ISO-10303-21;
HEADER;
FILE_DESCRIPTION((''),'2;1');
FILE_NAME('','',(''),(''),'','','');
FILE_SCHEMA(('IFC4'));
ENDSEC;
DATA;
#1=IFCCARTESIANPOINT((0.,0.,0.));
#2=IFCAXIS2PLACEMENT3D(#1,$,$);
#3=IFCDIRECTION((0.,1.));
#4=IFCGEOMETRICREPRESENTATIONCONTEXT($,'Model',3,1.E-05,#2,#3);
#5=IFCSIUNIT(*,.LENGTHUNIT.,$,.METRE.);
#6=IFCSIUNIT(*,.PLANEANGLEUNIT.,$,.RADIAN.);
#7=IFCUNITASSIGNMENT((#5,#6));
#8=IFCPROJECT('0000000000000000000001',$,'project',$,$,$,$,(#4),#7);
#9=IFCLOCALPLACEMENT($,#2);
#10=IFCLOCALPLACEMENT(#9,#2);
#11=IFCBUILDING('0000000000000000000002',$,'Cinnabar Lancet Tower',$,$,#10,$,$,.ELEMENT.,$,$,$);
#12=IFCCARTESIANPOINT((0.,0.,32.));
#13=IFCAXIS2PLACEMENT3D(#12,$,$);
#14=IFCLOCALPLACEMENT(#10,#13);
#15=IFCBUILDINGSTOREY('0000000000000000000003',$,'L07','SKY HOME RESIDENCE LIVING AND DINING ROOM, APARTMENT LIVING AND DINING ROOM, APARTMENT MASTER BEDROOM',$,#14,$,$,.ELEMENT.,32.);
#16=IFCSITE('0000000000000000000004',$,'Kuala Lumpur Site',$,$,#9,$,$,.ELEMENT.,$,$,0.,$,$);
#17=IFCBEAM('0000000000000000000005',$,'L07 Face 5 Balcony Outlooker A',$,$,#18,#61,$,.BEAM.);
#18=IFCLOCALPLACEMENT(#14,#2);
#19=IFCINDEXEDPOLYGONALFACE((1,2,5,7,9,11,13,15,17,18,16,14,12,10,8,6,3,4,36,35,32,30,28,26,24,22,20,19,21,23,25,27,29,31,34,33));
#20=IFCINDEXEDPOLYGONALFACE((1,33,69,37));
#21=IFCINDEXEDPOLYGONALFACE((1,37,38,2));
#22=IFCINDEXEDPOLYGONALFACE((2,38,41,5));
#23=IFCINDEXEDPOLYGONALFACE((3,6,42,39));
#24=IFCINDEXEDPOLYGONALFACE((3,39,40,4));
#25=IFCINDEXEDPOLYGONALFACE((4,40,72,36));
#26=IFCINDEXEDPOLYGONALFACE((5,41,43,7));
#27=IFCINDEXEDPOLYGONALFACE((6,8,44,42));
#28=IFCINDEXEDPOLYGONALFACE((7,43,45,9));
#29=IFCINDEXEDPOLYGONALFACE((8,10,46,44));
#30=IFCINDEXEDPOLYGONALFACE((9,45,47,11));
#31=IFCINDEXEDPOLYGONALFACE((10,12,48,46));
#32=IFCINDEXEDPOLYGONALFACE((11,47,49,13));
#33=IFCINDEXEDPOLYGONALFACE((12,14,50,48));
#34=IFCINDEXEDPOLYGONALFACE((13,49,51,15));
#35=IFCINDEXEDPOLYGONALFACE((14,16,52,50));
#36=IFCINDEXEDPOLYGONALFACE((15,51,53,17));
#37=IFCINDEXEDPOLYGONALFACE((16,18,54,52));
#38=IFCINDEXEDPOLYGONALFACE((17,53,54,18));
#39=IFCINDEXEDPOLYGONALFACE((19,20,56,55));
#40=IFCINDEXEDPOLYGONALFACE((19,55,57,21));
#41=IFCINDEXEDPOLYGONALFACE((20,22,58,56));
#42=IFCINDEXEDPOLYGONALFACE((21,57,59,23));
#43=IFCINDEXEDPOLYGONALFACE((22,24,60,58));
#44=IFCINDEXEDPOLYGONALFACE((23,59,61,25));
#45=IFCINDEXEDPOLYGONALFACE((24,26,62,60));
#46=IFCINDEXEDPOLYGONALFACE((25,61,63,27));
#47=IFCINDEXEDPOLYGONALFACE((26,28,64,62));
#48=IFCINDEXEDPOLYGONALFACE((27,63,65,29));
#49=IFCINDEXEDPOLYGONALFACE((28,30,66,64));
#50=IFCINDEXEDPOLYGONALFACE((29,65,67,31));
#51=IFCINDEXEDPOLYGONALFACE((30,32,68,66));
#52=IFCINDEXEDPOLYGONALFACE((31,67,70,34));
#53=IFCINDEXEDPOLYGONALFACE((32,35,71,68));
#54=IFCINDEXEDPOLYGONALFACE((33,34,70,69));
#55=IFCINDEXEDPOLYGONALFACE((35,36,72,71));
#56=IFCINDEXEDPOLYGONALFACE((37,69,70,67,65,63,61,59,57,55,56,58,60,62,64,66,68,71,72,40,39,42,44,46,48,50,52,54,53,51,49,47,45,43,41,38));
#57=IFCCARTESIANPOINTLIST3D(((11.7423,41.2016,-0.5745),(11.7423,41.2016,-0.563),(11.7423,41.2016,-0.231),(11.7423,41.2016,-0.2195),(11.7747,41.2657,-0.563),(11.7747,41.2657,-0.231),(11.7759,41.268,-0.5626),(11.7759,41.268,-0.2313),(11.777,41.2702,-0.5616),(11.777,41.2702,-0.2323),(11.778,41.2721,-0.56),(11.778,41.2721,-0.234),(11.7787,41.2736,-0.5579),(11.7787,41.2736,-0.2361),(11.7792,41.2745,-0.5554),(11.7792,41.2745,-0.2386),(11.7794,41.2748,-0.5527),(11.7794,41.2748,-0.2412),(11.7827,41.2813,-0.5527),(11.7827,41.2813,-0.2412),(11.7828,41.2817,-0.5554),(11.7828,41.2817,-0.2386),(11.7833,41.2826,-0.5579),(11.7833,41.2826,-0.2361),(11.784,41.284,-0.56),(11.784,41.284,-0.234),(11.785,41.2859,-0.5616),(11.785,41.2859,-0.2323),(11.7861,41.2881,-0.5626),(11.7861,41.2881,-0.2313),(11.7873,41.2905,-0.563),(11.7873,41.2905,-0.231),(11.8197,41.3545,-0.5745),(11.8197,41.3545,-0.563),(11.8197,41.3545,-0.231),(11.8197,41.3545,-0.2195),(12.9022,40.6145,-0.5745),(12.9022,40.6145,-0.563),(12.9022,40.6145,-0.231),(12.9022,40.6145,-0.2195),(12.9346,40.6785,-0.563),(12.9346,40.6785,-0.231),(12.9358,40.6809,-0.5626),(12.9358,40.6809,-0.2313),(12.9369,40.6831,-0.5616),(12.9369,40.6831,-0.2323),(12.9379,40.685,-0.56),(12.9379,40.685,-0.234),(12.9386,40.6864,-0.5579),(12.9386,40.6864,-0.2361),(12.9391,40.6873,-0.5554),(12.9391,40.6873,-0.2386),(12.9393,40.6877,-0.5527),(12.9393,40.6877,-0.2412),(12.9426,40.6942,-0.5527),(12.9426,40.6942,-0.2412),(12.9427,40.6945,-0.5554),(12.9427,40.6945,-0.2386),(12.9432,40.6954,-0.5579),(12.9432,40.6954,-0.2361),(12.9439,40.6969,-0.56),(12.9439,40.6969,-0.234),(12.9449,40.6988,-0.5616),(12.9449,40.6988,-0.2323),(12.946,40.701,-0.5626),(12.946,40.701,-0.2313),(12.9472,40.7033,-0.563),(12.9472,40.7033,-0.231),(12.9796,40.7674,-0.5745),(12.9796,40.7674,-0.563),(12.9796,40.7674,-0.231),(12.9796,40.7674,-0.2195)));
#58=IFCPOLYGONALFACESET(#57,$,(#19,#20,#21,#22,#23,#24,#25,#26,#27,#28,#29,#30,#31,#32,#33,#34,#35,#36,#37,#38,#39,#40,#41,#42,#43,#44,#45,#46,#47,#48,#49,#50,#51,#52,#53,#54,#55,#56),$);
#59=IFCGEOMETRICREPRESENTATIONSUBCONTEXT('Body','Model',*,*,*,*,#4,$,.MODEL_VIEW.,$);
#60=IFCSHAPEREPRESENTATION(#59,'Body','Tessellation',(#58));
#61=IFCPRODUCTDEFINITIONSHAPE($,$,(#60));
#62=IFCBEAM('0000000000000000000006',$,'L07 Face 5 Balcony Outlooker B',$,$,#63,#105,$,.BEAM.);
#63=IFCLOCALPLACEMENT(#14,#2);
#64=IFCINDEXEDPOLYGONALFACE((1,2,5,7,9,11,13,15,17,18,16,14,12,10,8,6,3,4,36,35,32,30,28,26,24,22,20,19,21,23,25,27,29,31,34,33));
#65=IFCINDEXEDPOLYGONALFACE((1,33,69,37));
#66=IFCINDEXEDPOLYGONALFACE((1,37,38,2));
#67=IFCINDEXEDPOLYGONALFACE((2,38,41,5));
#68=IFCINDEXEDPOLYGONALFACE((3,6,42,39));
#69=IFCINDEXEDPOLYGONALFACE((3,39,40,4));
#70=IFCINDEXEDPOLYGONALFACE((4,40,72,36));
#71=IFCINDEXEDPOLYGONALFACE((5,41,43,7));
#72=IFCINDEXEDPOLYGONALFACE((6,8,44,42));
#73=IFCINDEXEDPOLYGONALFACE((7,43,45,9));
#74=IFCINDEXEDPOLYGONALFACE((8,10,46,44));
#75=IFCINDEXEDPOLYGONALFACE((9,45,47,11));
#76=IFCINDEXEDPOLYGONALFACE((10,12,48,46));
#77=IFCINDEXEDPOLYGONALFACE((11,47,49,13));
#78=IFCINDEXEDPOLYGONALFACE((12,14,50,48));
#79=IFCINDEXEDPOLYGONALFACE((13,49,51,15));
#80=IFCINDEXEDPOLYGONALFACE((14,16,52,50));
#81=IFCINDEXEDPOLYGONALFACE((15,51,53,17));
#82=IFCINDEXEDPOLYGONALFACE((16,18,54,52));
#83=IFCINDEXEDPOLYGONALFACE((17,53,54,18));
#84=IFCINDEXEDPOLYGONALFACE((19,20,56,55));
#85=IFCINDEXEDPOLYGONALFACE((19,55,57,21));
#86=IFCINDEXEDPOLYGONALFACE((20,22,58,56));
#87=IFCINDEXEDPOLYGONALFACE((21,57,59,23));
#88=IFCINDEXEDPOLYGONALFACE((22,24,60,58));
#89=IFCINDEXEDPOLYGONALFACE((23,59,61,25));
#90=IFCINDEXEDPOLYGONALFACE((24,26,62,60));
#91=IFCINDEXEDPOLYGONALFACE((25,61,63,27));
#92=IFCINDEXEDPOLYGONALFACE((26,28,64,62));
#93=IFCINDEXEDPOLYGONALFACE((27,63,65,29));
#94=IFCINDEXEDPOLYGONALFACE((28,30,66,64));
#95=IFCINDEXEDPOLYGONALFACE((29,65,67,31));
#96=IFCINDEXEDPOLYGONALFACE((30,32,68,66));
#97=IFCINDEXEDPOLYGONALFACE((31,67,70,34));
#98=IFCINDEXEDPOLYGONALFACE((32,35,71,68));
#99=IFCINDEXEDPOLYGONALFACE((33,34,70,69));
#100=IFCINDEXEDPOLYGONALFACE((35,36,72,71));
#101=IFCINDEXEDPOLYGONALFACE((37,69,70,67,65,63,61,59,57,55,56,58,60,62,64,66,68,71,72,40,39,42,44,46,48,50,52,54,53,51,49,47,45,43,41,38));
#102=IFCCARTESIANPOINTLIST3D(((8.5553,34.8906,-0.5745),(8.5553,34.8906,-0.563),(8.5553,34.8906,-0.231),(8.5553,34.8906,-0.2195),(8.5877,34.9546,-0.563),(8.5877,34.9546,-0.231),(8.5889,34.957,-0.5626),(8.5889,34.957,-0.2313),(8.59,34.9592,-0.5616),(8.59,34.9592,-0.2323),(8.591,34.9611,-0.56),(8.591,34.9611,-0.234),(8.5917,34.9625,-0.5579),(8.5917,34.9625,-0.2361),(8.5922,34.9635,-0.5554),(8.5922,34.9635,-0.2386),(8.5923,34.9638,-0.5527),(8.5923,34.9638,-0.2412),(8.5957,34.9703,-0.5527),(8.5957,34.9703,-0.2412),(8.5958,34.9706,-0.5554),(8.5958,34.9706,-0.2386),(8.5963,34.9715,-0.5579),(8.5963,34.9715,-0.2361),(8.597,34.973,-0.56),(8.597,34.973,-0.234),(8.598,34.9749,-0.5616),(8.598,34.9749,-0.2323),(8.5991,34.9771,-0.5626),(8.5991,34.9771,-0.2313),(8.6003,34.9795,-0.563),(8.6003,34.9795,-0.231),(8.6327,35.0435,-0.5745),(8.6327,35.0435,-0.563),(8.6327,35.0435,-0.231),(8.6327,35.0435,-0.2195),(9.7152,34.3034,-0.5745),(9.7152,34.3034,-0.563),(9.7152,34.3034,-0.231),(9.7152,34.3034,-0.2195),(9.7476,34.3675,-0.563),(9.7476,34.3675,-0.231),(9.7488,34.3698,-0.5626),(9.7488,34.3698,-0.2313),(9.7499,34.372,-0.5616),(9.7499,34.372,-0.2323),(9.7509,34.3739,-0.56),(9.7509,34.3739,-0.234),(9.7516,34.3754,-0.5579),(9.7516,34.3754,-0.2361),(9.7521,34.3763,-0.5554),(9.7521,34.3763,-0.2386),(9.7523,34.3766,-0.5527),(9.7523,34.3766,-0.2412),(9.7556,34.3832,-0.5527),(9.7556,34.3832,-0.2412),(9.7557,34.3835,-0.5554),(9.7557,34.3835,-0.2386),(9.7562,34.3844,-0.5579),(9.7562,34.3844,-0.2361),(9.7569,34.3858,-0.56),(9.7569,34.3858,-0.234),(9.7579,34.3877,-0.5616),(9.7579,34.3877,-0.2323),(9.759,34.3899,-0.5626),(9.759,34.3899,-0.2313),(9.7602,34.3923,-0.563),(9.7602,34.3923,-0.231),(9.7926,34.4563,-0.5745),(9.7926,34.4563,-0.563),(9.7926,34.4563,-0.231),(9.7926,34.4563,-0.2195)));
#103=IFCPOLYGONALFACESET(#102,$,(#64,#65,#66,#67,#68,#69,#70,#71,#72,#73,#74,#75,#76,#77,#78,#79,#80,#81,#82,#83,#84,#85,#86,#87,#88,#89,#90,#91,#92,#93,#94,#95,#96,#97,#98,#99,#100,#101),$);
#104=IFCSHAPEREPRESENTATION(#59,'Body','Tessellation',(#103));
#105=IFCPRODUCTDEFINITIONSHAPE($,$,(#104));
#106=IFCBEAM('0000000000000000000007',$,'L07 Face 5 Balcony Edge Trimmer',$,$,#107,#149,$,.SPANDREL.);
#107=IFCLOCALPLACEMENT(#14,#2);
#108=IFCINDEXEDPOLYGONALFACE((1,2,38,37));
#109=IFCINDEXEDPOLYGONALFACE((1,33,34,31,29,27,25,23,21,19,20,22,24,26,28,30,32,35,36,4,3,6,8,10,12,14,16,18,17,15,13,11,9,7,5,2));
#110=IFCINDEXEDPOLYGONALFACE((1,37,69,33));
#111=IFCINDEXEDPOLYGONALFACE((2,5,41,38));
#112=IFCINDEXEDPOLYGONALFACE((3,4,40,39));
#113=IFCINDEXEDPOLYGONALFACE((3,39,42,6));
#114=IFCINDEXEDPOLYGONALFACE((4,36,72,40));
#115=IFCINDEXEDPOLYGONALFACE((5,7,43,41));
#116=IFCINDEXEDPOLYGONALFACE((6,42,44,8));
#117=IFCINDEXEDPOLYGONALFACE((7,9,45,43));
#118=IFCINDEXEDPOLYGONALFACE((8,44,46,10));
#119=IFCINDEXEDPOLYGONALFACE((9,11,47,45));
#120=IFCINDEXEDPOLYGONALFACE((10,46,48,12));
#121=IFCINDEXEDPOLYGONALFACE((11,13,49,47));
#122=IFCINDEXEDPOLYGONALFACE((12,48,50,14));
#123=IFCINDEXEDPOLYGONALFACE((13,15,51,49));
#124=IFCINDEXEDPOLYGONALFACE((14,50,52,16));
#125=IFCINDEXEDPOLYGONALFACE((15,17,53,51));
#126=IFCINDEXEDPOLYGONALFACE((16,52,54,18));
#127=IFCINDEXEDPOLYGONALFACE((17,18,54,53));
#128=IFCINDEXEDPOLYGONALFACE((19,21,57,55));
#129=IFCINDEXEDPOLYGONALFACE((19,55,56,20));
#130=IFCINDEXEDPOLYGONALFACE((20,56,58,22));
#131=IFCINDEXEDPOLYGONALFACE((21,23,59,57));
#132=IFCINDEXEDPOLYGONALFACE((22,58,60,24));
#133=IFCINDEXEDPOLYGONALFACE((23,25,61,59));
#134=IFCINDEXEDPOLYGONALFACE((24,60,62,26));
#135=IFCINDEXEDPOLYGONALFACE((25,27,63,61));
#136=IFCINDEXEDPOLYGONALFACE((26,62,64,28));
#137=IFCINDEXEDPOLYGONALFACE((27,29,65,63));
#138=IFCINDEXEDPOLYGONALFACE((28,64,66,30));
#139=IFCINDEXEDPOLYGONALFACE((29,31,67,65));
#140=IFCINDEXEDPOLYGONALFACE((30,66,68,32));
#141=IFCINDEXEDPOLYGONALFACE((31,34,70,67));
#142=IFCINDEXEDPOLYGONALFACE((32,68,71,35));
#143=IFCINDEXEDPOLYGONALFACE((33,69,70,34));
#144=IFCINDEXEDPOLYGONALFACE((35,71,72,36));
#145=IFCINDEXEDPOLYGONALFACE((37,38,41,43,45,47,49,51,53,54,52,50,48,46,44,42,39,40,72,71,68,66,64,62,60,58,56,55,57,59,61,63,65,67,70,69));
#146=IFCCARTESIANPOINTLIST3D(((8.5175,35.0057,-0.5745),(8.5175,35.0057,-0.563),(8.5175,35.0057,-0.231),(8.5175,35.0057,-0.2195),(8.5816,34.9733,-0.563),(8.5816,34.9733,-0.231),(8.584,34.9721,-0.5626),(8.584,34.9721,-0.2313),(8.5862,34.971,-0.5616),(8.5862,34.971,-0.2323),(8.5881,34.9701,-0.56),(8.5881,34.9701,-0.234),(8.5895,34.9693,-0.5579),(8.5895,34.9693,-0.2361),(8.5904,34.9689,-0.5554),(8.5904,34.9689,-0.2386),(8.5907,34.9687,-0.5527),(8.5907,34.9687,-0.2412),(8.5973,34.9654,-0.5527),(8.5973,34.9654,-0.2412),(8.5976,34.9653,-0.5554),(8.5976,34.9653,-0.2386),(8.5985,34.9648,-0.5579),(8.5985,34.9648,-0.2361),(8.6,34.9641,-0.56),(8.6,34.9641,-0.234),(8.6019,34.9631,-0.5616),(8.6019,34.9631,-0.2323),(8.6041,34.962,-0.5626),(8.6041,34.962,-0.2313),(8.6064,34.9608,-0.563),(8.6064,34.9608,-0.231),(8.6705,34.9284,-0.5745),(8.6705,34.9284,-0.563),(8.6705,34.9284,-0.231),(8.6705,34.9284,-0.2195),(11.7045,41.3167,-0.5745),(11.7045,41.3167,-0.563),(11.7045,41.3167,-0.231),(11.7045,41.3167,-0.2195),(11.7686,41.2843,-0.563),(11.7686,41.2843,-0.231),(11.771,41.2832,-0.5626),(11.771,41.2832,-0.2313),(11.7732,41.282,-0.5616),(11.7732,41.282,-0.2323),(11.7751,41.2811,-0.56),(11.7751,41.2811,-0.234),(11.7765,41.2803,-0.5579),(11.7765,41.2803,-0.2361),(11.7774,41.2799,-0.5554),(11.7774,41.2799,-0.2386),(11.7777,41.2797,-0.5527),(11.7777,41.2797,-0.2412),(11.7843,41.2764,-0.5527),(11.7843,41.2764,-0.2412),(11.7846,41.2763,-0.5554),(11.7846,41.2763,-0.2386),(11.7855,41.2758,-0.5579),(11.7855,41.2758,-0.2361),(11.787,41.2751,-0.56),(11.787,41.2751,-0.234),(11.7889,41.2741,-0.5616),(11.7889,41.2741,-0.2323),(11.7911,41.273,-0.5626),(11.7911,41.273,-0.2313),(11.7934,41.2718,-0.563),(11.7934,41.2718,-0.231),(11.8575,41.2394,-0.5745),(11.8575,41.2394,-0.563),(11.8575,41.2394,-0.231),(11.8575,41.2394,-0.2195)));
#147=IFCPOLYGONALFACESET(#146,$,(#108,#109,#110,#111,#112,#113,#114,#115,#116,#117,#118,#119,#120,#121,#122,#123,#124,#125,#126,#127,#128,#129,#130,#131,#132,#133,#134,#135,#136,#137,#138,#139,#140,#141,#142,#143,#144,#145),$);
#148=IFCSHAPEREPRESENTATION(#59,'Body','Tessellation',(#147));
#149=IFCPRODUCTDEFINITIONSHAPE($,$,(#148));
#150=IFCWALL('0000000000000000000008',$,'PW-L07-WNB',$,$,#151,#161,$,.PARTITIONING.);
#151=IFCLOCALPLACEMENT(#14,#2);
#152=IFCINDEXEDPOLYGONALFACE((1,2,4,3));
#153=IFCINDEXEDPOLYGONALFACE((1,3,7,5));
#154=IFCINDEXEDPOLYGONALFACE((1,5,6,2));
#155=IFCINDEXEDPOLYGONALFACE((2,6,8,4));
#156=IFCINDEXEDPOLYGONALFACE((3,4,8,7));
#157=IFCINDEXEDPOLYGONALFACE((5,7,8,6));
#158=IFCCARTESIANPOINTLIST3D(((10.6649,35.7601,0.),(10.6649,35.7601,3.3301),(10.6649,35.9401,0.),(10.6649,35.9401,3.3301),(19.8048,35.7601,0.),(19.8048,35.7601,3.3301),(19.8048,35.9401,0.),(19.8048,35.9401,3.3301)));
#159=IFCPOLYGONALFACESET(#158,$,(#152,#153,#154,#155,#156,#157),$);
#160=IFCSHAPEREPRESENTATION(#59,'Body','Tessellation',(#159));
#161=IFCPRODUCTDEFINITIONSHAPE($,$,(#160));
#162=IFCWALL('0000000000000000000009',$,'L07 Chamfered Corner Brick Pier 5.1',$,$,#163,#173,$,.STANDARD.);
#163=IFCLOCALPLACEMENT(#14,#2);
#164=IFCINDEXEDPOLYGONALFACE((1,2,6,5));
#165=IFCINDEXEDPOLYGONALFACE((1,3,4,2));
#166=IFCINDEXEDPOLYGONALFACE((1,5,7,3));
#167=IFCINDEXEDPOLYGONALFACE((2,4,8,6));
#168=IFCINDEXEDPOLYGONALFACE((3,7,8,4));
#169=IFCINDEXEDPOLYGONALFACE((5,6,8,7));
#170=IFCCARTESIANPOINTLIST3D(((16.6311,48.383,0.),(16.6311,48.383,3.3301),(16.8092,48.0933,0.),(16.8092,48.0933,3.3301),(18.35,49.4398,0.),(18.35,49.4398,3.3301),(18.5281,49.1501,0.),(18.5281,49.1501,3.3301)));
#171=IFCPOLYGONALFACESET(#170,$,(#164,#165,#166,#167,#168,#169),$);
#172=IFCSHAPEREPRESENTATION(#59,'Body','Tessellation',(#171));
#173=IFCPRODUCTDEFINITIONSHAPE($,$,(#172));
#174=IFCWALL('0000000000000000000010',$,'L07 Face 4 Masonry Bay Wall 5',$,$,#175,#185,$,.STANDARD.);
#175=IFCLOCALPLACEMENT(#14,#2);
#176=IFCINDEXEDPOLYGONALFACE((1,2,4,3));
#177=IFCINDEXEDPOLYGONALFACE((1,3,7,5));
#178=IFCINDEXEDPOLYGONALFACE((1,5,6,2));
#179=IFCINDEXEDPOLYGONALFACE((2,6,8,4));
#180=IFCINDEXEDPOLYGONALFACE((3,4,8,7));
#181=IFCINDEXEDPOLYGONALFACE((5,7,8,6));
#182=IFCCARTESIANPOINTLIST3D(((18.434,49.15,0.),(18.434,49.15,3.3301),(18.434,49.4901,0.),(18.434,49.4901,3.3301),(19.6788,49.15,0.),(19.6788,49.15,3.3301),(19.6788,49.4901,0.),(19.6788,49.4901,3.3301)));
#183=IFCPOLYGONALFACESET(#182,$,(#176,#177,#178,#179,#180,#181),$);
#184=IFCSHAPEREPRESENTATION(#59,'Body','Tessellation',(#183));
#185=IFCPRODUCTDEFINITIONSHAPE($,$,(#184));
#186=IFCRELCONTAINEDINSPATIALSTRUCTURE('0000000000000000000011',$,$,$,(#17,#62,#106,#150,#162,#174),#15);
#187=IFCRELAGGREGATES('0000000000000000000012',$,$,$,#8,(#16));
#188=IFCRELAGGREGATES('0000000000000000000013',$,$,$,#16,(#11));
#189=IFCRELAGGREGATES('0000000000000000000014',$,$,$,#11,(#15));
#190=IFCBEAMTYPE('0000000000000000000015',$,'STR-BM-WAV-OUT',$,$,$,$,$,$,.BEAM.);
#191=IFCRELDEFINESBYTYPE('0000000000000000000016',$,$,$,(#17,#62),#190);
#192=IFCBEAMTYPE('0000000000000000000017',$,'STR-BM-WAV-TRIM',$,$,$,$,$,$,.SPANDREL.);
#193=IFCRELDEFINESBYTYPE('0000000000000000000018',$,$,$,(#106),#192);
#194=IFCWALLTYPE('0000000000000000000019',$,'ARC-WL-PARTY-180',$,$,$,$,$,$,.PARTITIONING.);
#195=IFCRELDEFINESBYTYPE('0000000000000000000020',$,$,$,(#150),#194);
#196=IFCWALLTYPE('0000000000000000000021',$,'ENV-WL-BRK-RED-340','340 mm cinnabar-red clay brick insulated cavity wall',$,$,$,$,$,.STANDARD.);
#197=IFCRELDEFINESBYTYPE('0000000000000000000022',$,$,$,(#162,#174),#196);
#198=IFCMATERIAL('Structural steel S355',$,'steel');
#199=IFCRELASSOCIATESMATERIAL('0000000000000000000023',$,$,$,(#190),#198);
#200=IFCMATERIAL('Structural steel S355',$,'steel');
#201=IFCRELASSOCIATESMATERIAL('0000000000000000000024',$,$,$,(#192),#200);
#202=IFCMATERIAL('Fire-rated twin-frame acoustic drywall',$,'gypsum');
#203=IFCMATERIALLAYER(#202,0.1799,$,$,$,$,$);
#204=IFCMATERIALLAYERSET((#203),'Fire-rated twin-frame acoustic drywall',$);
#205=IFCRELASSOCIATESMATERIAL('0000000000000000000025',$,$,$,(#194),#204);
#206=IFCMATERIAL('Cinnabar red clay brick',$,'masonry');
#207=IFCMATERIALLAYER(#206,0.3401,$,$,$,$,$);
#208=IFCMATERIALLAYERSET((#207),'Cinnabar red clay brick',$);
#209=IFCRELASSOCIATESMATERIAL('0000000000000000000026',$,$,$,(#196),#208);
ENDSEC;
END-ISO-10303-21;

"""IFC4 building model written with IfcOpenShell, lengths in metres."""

from ifc_helpers import new_model, si_unit, direction, frame, frame_2d, origin, origin_2d, place, context, subcontext, project, spatial, rectangle, i_section, extrude, material, layer, layer_set, material_profile, profile_set, type_object, element, save


model = new_model("IFC4")

# Units and contexts
model_context = context("Model", 3, precision=1e-05, world=origin(), true_north=direction((0.0, 1.0)))
body_context = subcontext(model_context, "Body", "Model", "MODEL_VIEW")
ifc_project = project(units=[si_unit("LENGTHUNIT", "METRE"), si_unit("PLANEANGLEUNIT", "RADIAN")], contexts=[model_context])

# Site, building, storey
site_placement = place(None, origin())
site = spatial("IfcSite", under=ifc_project, at=site_placement, Name="Kuala Lumpur Site", CompositionType="ELEMENT", RefElevation=0.0)
building_placement = place(site_placement, origin())
building = spatial("IfcBuilding", under=site, at=building_placement, Name="Cinnabar Lancet Tower", CompositionType="ELEMENT")
storey_placement = place(building_placement, frame((0.0, 0.0, 32.0)))
storey = spatial("IfcBuildingStorey", under=building, at=storey_placement, Name="L07", Description="SKY HOME RESIDENCE LIVING AND DINING ROOM, APARTMENT LIVING AND DINING ROOM, APARTMENT MASTER BEDROOM", CompositionType="ELEMENT", Elevation=32.0)

# Beams
ifc_material_1 = material(Name="Structural steel S355", Category="steel")
ifc_material_profile_1 = material_profile(ifc_material_1, i_section(OverallWidth=0.1714, OverallDepth=0.355, WebThickness=0.0073, FlangeThickness=0.0115, FilletRadius=0.0103, at=origin_2d()), Name="UKB 356x171x51")
ifc_profile_set_1 = profile_set([ifc_material_profile_1], Name="Structural steel S355")
beam_type_1 = type_object("IfcBeamType", Name="STR-BM-WAV-OUT", PredefinedType="BEAM", material=ifc_profile_set_1)
for number, where, z_axis, x_axis, name in (
    (1, (12.9409, 40.6909, -0.397), (-0.8922, 0.45164, 0.0), (-0.45164, -0.8922, 0.0), "L07 Face 5 Balcony Outlooker A"),
    (2, (9.7539, 34.3799, -0.397), (-0.8922, 0.45164, 0.0), (-0.45164, -0.8922, 0.0), "L07 Face 5 Balcony Outlooker B"),
):
    element("IfcBeam", number, at=place(storey_placement, frame(where, z_axis=z_axis, x_axis=x_axis)), inside=storey, type_object=beam_type_1, Name=name, PredefinedType="BEAM", context=body_context, shape_type="SweptSolid", body=[
        extrude(i_section(OverallWidth=0.1714, OverallDepth=0.355, WebThickness=0.0073, FlangeThickness=0.0115, FilletRadius=0.0103, at=origin_2d()), origin(), (0.0, 0.0, 1.0), 1.3),
    ])
ifc_material_2 = material(Name="Structural steel S355", Category="steel")
ifc_material_profile_2 = material_profile(ifc_material_2, i_section(OverallWidth=0.1714, OverallDepth=0.355, WebThickness=0.0073, FlangeThickness=0.0115, FilletRadius=0.0103, at=origin_2d()), Name="UKB 356x171x51")
ifc_profile_set_2 = profile_set([ifc_material_profile_2], Name="Structural steel S355")
beam_type_2 = type_object("IfcBeamType", Name="STR-BM-WAV-TRIM", PredefinedType="SPANDREL", material=ifc_profile_set_2)
beam_1_placement = place(storey_placement, frame((11.781, 41.2781, -0.397), z_axis=(-0.450774, -0.892638, 0.0), x_axis=(0.892638, -0.450774, 0.0)))
element("IfcBeam", 3, at=beam_1_placement, inside=storey, type_object=beam_type_2, Name="L07 Face 5 Balcony Edge Trimmer", PredefinedType="SPANDREL", context=body_context, shape_type="SweptSolid", body=[
    extrude(i_section(OverallWidth=0.1714, OverallDepth=0.355, WebThickness=0.0073, FlangeThickness=0.0115, FilletRadius=0.0103, at=origin_2d()), origin(), (0.0, 0.0, 1.0), 7.0701),
])

# Walls
ifc_material_3 = material(Name="Fire-rated twin-frame acoustic drywall", Category="gypsum")
ifc_layer_1 = layer(ifc_material_3, 0.1799)
ifc_layer_set_1 = layer_set([ifc_layer_1], Name="Fire-rated twin-frame acoustic drywall")
wall_type_1 = type_object("IfcWallType", Name="ARC-WL-PARTY-180", PredefinedType="PARTITIONING", material=ifc_layer_set_1)
wall_1_placement = place(storey_placement, frame((10.665, 35.8501, 0.0), z_axis=(0.0, 0.0, 1.0), x_axis=(1.0, 0.0, 0.0)))
element("IfcWall", 4, at=wall_1_placement, inside=storey, type_object=wall_type_1, Name="PW-L07-WNB", PredefinedType="PARTITIONING", context=body_context, shape_type="SweptSolid", body=[
    extrude(rectangle(XDim=9.1399, YDim=0.1799, at=frame_2d((4.5698, 0.0))), origin(), (0.0, 0.0, 1.0), 3.3301),
])
ifc_material_4 = material(Name="Cinnabar red clay brick", Category="masonry")
ifc_layer_2 = layer(ifc_material_4, 0.3401)
ifc_layer_set_2 = layer_set([ifc_layer_2], Name="Cinnabar red clay brick")
wall_type_2 = type_object("IfcWallType", Name="ENV-WL-BRK-RED-340", Description="340 mm cinnabar-red clay brick insulated cavity wall", PredefinedType="STANDARD", material=ifc_layer_set_2)
wall_2_placement = place(storey_placement, frame((18.439, 49.2949, 0.0), z_axis=(0.0, 0.0, 1.0), x_axis=(-0.85187, -0.523753, 0.0)))
element("IfcWall", 5, at=wall_2_placement, inside=storey, type_object=wall_type_2, Name="L07 Chamfered Corner Brick Pier 5.1", PredefinedType="STANDARD", context=body_context, shape_type="SweptSolid", body=[
    extrude(rectangle(XDim=2.0178, YDim=0.3401, at=frame_2d((1.0088, 0.0))), origin(), (0.0, 0.0, 1.0), 3.3301),
])
wall_3_placement = place(storey_placement, frame((19.679, 49.3201, 0.0), z_axis=(0.0, 0.0, 1.0), x_axis=(-1.0, 0.0, 0.0)))
element("IfcWall", 6, at=wall_3_placement, inside=storey, type_object=wall_type_2, Name="L07 Face 4 Masonry Bay Wall 5", PredefinedType="STANDARD", context=body_context, shape_type="SweptSolid", body=[
    extrude(rectangle(XDim=1.2449, YDim=0.3401, at=frame_2d((0.6226, 0.0))), origin(), (0.0, 0.0, 1.0), 3.3301),
])

save(model, "model.ifc")
